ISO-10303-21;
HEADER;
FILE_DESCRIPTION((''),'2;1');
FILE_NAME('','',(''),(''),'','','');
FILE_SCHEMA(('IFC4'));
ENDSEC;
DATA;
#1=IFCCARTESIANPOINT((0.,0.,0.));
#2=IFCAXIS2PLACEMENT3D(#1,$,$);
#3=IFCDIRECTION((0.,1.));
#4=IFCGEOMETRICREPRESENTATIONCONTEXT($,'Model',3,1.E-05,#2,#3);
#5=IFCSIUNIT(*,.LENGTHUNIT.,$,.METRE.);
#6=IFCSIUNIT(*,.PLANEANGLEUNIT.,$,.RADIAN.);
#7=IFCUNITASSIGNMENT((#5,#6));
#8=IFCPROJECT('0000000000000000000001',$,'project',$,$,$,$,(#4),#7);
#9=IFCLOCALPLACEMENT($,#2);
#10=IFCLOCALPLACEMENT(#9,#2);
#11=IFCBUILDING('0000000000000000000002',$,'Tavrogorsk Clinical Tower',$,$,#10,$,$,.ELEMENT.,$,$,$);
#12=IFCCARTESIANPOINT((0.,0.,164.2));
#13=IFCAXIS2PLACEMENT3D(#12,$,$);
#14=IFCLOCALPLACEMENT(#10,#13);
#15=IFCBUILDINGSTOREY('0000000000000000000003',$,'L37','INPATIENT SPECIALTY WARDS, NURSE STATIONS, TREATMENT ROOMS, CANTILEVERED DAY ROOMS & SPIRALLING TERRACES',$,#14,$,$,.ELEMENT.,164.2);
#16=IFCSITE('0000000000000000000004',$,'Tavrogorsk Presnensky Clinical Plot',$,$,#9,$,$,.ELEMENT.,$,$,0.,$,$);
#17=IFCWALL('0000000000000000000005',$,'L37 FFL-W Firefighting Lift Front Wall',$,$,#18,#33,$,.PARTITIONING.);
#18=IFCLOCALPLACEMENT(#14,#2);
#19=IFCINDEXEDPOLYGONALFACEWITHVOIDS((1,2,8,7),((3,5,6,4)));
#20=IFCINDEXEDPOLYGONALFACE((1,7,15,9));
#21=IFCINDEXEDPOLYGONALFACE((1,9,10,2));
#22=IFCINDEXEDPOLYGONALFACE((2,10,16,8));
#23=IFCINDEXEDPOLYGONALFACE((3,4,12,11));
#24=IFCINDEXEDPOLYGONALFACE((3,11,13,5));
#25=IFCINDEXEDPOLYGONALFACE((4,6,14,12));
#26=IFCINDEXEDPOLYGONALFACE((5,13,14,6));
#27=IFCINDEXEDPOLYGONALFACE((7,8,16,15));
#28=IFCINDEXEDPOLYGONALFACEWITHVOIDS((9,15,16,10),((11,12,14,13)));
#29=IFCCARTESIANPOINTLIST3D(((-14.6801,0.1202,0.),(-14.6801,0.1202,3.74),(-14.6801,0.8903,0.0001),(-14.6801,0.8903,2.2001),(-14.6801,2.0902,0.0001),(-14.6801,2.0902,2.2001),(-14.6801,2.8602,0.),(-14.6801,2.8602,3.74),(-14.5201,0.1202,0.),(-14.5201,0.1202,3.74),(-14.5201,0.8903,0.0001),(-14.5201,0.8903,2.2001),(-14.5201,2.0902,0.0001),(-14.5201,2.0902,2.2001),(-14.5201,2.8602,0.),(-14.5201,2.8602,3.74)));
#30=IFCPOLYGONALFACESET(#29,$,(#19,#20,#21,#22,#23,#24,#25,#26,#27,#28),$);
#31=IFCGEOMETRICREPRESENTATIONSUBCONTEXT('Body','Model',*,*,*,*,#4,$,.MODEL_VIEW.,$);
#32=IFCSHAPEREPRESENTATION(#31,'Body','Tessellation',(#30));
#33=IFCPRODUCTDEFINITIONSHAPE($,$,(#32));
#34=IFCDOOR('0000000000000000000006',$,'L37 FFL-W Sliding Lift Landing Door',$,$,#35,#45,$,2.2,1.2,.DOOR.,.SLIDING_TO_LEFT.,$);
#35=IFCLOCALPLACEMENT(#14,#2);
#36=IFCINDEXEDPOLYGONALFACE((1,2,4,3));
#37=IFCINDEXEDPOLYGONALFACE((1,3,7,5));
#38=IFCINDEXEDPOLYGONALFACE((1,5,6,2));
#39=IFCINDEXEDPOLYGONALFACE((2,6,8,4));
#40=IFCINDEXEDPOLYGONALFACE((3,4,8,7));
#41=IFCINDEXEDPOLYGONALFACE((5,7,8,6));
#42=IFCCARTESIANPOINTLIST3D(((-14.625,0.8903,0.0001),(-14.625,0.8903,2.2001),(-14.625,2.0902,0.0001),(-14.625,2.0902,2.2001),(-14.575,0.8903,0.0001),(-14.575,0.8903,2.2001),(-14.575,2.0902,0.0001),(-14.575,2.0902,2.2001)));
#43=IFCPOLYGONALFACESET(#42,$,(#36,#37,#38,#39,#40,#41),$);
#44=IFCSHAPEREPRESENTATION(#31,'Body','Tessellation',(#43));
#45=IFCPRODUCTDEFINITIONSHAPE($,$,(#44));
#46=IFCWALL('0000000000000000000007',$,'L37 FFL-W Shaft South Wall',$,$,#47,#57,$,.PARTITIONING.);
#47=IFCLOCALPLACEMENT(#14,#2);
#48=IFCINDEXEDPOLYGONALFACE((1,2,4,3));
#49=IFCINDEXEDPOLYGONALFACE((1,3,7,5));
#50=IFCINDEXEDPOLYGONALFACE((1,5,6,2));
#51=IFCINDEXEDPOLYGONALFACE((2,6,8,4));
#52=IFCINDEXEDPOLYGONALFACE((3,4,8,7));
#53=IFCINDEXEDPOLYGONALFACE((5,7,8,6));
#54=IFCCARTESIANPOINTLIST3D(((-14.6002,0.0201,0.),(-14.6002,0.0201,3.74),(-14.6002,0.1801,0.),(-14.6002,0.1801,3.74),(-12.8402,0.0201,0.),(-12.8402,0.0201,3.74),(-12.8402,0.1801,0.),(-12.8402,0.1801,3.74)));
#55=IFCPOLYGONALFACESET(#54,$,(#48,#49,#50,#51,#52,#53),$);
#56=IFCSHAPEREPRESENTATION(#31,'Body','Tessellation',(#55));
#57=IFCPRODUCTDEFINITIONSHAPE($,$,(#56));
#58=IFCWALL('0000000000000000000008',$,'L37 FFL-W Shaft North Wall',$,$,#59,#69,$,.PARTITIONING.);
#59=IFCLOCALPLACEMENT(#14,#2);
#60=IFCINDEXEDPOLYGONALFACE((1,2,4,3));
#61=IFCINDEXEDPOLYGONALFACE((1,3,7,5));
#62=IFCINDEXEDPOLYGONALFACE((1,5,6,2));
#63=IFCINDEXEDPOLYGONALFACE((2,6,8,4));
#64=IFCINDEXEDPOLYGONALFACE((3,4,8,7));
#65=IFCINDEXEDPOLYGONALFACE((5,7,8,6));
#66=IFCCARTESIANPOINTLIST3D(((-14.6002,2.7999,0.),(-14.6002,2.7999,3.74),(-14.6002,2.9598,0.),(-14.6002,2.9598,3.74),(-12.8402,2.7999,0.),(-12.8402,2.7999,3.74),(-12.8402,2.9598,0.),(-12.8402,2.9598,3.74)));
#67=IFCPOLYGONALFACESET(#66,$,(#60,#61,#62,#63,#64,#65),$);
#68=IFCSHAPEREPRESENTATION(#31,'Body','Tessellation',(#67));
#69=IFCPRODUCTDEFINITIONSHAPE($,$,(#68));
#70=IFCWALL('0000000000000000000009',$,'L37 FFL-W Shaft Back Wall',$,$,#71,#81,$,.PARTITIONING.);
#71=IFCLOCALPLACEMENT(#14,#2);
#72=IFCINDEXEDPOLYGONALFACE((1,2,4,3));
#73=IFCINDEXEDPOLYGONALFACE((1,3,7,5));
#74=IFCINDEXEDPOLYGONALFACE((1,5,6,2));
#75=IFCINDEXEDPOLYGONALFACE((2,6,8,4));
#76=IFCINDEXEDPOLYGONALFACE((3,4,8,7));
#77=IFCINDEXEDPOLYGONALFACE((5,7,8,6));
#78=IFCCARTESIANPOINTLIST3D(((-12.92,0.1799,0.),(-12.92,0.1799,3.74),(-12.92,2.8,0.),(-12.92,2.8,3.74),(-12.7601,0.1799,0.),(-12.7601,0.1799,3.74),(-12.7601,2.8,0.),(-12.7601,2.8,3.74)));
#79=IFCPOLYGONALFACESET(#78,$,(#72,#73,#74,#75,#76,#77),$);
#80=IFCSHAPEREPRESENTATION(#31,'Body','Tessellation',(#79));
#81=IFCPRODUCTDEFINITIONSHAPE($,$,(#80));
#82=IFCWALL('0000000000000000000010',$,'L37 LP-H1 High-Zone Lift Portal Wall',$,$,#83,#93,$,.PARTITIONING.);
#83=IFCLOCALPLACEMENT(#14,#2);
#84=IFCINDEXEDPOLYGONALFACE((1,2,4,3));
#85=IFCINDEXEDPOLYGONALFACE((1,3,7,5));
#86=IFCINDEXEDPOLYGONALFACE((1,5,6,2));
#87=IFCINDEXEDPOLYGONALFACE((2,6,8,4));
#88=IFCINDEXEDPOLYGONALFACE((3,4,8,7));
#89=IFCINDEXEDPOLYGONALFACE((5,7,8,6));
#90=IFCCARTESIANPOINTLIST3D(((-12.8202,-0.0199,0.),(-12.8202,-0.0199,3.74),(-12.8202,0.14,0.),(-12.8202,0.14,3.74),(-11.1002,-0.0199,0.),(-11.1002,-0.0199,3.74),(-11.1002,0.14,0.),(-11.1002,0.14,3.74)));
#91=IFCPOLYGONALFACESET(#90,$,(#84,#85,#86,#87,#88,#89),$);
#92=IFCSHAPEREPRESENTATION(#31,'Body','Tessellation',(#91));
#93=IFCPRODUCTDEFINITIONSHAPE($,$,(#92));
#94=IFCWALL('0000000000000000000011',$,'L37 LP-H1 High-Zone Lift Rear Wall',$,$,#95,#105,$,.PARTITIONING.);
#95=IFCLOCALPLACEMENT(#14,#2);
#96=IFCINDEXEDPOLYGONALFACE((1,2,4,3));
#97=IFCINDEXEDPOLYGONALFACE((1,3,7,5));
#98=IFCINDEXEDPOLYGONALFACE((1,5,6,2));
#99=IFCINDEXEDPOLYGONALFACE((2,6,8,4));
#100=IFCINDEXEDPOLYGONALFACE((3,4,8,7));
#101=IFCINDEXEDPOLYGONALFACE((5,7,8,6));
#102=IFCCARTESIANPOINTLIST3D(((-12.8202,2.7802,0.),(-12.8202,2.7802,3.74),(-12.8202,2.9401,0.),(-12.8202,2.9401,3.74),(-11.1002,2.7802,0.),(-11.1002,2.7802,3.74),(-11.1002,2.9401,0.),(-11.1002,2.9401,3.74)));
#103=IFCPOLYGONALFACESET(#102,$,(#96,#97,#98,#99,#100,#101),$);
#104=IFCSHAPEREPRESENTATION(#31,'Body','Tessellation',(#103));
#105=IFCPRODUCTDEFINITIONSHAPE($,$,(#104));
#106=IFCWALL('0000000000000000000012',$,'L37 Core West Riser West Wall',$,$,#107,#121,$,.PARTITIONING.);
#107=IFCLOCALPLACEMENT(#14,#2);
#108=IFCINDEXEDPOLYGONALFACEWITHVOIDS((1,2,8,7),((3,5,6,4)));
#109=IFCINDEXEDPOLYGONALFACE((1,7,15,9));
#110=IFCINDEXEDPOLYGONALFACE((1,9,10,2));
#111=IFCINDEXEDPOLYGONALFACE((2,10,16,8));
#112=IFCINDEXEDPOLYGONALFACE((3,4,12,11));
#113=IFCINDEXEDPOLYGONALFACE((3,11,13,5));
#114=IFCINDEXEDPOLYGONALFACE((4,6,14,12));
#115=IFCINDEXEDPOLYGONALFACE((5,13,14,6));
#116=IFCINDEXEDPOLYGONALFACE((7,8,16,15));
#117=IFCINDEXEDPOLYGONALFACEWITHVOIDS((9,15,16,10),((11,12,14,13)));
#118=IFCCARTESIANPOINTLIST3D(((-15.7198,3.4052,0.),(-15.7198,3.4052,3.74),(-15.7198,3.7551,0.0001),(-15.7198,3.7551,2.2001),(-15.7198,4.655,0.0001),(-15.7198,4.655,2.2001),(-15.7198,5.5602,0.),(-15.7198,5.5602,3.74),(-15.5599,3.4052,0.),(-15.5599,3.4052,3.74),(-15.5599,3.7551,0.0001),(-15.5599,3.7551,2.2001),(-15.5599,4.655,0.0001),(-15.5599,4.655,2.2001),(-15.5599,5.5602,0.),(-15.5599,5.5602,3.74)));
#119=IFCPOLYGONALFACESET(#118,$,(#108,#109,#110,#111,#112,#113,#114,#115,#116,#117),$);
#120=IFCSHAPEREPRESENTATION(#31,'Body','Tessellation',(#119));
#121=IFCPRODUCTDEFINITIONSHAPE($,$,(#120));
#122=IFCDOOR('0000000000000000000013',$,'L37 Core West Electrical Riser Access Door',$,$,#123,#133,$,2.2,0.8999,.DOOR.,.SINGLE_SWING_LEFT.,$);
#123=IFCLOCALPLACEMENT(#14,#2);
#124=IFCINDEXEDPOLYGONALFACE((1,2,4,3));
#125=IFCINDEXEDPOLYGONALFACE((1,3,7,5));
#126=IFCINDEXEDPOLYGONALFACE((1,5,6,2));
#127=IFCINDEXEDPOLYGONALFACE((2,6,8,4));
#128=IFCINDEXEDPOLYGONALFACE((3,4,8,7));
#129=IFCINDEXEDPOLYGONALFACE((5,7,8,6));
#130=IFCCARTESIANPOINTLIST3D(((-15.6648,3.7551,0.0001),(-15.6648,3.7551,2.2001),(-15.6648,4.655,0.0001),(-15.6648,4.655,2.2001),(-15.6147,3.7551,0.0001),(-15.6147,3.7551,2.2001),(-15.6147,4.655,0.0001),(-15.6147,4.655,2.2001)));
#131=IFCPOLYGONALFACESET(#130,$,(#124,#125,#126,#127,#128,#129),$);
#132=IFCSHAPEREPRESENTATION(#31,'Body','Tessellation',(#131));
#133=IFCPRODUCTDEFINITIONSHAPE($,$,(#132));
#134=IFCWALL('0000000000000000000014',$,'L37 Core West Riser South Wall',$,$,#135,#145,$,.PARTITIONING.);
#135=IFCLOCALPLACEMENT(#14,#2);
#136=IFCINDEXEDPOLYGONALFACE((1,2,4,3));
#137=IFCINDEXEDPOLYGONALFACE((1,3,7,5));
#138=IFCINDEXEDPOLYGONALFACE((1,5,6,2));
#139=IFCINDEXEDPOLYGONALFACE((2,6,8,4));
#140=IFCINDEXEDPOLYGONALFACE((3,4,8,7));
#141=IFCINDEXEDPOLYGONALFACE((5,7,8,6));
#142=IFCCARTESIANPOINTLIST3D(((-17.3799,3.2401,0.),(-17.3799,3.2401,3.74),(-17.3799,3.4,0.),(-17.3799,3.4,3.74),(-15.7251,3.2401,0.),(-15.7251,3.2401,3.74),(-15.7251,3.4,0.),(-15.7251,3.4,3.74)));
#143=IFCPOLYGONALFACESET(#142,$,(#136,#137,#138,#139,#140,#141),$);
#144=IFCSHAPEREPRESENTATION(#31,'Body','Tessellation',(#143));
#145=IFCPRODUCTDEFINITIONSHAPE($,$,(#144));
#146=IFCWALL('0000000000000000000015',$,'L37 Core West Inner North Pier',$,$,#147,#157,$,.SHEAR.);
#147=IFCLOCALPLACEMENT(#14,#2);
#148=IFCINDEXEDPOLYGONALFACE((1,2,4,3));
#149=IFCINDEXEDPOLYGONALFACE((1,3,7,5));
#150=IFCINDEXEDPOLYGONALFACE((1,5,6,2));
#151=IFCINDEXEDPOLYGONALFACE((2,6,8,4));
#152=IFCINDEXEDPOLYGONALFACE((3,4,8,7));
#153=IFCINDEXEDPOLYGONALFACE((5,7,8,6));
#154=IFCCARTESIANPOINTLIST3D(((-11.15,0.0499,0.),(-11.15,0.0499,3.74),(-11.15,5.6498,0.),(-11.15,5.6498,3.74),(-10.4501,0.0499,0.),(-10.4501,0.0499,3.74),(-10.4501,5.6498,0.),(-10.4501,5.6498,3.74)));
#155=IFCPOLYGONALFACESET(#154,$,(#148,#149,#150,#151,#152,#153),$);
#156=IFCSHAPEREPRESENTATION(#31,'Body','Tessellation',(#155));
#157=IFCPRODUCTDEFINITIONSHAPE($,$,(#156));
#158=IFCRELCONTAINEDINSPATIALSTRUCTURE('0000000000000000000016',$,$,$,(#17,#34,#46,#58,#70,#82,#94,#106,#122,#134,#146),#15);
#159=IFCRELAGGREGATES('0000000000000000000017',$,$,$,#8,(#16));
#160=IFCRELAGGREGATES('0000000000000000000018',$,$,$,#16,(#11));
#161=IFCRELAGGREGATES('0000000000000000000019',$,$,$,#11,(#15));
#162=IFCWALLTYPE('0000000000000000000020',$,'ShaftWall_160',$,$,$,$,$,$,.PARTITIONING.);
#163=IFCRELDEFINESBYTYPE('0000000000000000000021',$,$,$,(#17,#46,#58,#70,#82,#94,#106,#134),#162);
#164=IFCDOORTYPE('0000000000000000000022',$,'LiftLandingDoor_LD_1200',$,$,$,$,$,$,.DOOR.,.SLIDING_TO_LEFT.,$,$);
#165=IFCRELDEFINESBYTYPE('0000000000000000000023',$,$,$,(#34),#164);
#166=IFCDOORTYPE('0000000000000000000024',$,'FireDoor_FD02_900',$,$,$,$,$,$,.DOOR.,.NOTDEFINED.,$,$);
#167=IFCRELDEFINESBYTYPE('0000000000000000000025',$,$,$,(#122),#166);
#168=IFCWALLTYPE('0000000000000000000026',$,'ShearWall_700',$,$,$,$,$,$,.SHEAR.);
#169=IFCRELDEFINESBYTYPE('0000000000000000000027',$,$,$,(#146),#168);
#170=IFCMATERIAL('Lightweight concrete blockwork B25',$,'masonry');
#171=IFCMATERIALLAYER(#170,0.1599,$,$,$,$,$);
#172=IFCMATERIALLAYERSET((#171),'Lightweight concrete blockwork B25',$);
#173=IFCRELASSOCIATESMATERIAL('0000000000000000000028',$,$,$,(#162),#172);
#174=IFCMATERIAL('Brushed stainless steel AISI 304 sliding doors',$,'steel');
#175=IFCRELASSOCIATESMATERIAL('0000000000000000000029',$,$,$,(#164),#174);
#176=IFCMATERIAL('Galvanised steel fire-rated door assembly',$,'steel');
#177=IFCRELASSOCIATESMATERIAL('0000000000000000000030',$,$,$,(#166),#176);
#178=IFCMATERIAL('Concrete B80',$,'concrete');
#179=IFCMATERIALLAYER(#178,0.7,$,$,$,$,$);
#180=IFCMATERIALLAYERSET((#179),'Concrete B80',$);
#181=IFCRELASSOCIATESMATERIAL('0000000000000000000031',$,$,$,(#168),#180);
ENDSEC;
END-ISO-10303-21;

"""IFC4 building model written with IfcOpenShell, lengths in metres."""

from ifc_helpers import new_model, si_unit, direction, frame, frame_2d, origin, place, context, subcontext, project, spatial, rectangle, extrude, material, layer, layer_set, type_object, element, fill, save


model = new_model("IFC4")

# Units and contexts
model_context = context("Model", 3, precision=1e-05, world=origin(), true_north=direction((0.0, 1.0)))
body_context = subcontext(model_context, "Body", "Model", "MODEL_VIEW")
ifc_project = project(units=[si_unit("LENGTHUNIT", "METRE"), si_unit("PLANEANGLEUNIT", "RADIAN")], contexts=[model_context])

# Site, building, storey
site_placement = place(None, origin())
site = spatial("IfcSite", under=ifc_project, at=site_placement, Name="Tavrogorsk Presnensky Clinical Plot", CompositionType="ELEMENT", RefElevation=0.0)
building_placement = place(site_placement, origin())
building = spatial("IfcBuilding", under=site, at=building_placement, Name="Tavrogorsk Clinical Tower", CompositionType="ELEMENT")
storey_placement = place(building_placement, frame((0.0, 0.0, 164.2)))
storey = spatial("IfcBuildingStorey", under=building, at=storey_placement, Name="L37", Description="INPATIENT SPECIALTY WARDS, NURSE STATIONS, TREATMENT ROOMS, CANTILEVERED DAY ROOMS & SPIRALLING TERRACES", CompositionType="ELEMENT", Elevation=164.2)

# Wall, opening, door
ifc_material_1 = material(Name="Lightweight concrete blockwork B25", Category="masonry")
ifc_layer_1 = layer(ifc_material_1, 0.1599)
ifc_layer_set_1 = layer_set([ifc_layer_1], Name="Lightweight concrete blockwork B25")
wall_type_1 = type_object("IfcWallType", Name="ShaftWall_160", PredefinedType="PARTITIONING", material=ifc_layer_set_1)
wall_1_placement = place(storey_placement, frame((-14.6001, 0.1201, 0.0), z_axis=(0.0, 0.0, 1.0), x_axis=(0.0, 1.0, 0.0)))
wall_1 = element("IfcWall", 1, at=wall_1_placement, inside=storey, type_object=wall_type_1, Name="L37 FFL-W Firefighting Lift Front Wall", PredefinedType="PARTITIONING", context=body_context, shape_type="SweptSolid", body=[
    extrude(rectangle(XDim=2.74, YDim=0.1599, at=frame_2d((1.3701, 0.0))), origin(), (0.0, 0.0, 1.0), 3.74),
])
opening_1_placement = place(wall_1_placement, frame((0.77, 0.0, 0.0)))
opening_1 = element("IfcOpeningElement", 2, at=opening_1_placement, cuts=wall_1, PredefinedType="OPENING", context=body_context, shape_type="SweptSolid", body=[
    extrude(rectangle(XDim=1.2, YDim=2.2, at=frame_2d((0.6001, 1.1001))), frame((0.0, 0.0898, 0.0), z_axis=(0.0, -1.0, 0.0), x_axis=(1.0, 0.0, 0.0)), (0.0, 0.0, 1.0), 0.1799),
])
ifc_material_2 = material(Name="Brushed stainless steel AISI 304 sliding doors", Category="steel")
door_type_1 = type_object("IfcDoorType", Name="LiftLandingDoor_LD_1200", OperationType="SLIDING_TO_LEFT", PredefinedType="DOOR", material=ifc_material_2)
door_1_placement = place(opening_1_placement, origin())
door_1 = element("IfcDoor", 3, at=door_1_placement, inside=storey, type_object=door_type_1, Name="L37 FFL-W Sliding Lift Landing Door", OperationType="SLIDING_TO_LEFT", OverallHeight=2.2, OverallWidth=1.2, PredefinedType="DOOR", context=body_context, shape_type="SweptSolid", body=[
    extrude(rectangle(XDim=1.2, YDim=2.2, at=frame_2d((0.6001, 1.1001))), frame((0.0, 0.0249, 0.0), z_axis=(0.0, -1.0, 0.0), x_axis=(1.0, 0.0, 0.0)), (0.0, 0.0, 1.0), 0.05),
])
fill(opening_1, door_1)

# Walls
for number, where, z_axis, x_axis, name in (
    (4, (-14.6001, 0.1001, 0.0), (0.0, 0.0, 1.0), (1.0, 0.0, 0.0), "L37 FFL-W Shaft South Wall"),
    (5, (-14.6001, 2.8799, 0.0), (0.0, 0.0, 1.0), (1.0, 0.0, 0.0), "L37 FFL-W Shaft North Wall"),
):
    element("IfcWall", number, at=place(storey_placement, frame(where, z_axis=z_axis, x_axis=x_axis)), inside=storey, type_object=wall_type_1, Name=name, PredefinedType="PARTITIONING", context=body_context, shape_type="SweptSolid", body=[
        extrude(rectangle(XDim=1.76, YDim=0.1599, at=frame_2d((0.8799, 0.0))), origin(), (0.0, 0.0, 1.0), 3.74),
    ])
wall_2_placement = place(storey_placement, frame((-12.8401, 0.1799, 0.0), z_axis=(0.0, 0.0, 1.0), x_axis=(0.0, 1.0, 0.0)))
element("IfcWall", 6, at=wall_2_placement, inside=storey, type_object=wall_type_1, Name="L37 FFL-W Shaft Back Wall", PredefinedType="PARTITIONING", context=body_context, shape_type="SweptSolid", body=[
    extrude(rectangle(XDim=2.6201, YDim=0.1599, at=frame_2d((1.3101, 0.0))), origin(), (0.0, 0.0, 1.0), 3.74),
])
for number, where, z_axis, x_axis, name in (
    (7, (-12.8201, 0.0601, 0.0), (0.0, 0.0, 1.0), (1.0, 0.0, 0.0), "L37 LP-H1 High-Zone Lift Portal Wall"),
    (8, (-12.8201, 2.8601, 0.0), (0.0, 0.0, 1.0), (1.0, 0.0, 0.0), "L37 LP-H1 High-Zone Lift Rear Wall"),
):
    element("IfcWall", number, at=place(storey_placement, frame(where, z_axis=z_axis, x_axis=x_axis)), inside=storey, type_object=wall_type_1, Name=name, PredefinedType="PARTITIONING", context=body_context, shape_type="SweptSolid", body=[
        extrude(rectangle(XDim=1.72, YDim=0.1599, at=frame_2d((0.8599, 0.0))), origin(), (0.0, 0.0, 1.0), 3.74),
    ])

# Wall, opening, door
wall_3_placement = place(storey_placement, frame((-15.6399, 3.405, 0.0), z_axis=(0.0, 0.0, 1.0), x_axis=(0.0, 1.0, 0.0)))
wall_3 = element("IfcWall", 9, at=wall_3_placement, inside=storey, type_object=wall_type_1, Name="L37 Core West Riser West Wall", PredefinedType="PARTITIONING", context=body_context, shape_type="SweptSolid", body=[
    extrude(rectangle(XDim=2.155, YDim=0.1599, at=frame_2d((1.0776, 0.0))), origin(), (0.0, 0.0, 1.0), 3.74),
])
opening_2_placement = place(wall_3_placement, frame((0.3501, 0.0, 0.0)))
opening_2 = element("IfcOpeningElement", 10, at=opening_2_placement, cuts=wall_3, PredefinedType="OPENING", context=body_context, shape_type="SweptSolid", body=[
    extrude(rectangle(XDim=0.8999, YDim=2.2, at=frame_2d((0.45, 1.1001))), frame((0.0, 0.0898, 0.0), z_axis=(0.0, -1.0, 0.0), x_axis=(1.0, 0.0, 0.0)), (0.0, 0.0, 1.0), 0.1799),
])
ifc_material_3 = material(Name="Galvanised steel fire-rated door assembly", Category="steel")
door_type_2 = type_object("IfcDoorType", Name="FireDoor_FD02_900", OperationType="NOTDEFINED", PredefinedType="DOOR", material=ifc_material_3)
door_2_placement = place(opening_2_placement, origin())
door_2 = element("IfcDoor", 11, at=door_2_placement, inside=storey, type_object=door_type_2, Name="L37 Core West Electrical Riser Access Door", OperationType="SINGLE_SWING_LEFT", OverallHeight=2.2, OverallWidth=0.8999, PredefinedType="DOOR", context=body_context, shape_type="SweptSolid", body=[
    extrude(rectangle(XDim=0.8999, YDim=2.2, at=frame_2d((0.45, 1.1001))), frame((0.0, 0.0249, 0.0), z_axis=(0.0, -1.0, 0.0), x_axis=(1.0, 0.0, 0.0)), (0.0, 0.0, 1.0), 0.05),
])
fill(opening_2, door_2)

# Walls
wall_4_placement = place(storey_placement, frame((-17.3799, 3.3201, 0.0), z_axis=(0.0, 0.0, 1.0), x_axis=(1.0, 0.0, 0.0)))
element("IfcWall", 12, at=wall_4_placement, inside=storey, type_object=wall_type_1, Name="L37 Core West Riser South Wall", PredefinedType="PARTITIONING", context=body_context, shape_type="SweptSolid", body=[
    extrude(rectangle(XDim=1.6548, YDim=0.1599, at=frame_2d((0.8274, 0.0))), origin(), (0.0, 0.0, 1.0), 3.74),
])
ifc_material_4 = material(Name="Concrete B80", Category="concrete")
ifc_layer_2 = layer(ifc_material_4, 0.7)
ifc_layer_set_2 = layer_set([ifc_layer_2], Name="Concrete B80")
wall_type_2 = type_object("IfcWallType", Name="ShearWall_700", PredefinedType="SHEAR", material=ifc_layer_set_2)
wall_5_placement = place(storey_placement, frame((-10.8, 0.05, 0.0), z_axis=(0.0, 0.0, 1.0), x_axis=(0.0, 1.0, 0.0)))
element("IfcWall", 13, at=wall_5_placement, inside=storey, type_object=wall_type_2, Name="L37 Core West Inner North Pier", PredefinedType="SHEAR", context=body_context, shape_type="SweptSolid", body=[
    extrude(rectangle(XDim=5.5999, YDim=0.7, at=frame_2d((2.7998, 0.0))), origin(), (0.0, 0.0, 1.0), 3.74),
])

save(model, "model.ifc")
